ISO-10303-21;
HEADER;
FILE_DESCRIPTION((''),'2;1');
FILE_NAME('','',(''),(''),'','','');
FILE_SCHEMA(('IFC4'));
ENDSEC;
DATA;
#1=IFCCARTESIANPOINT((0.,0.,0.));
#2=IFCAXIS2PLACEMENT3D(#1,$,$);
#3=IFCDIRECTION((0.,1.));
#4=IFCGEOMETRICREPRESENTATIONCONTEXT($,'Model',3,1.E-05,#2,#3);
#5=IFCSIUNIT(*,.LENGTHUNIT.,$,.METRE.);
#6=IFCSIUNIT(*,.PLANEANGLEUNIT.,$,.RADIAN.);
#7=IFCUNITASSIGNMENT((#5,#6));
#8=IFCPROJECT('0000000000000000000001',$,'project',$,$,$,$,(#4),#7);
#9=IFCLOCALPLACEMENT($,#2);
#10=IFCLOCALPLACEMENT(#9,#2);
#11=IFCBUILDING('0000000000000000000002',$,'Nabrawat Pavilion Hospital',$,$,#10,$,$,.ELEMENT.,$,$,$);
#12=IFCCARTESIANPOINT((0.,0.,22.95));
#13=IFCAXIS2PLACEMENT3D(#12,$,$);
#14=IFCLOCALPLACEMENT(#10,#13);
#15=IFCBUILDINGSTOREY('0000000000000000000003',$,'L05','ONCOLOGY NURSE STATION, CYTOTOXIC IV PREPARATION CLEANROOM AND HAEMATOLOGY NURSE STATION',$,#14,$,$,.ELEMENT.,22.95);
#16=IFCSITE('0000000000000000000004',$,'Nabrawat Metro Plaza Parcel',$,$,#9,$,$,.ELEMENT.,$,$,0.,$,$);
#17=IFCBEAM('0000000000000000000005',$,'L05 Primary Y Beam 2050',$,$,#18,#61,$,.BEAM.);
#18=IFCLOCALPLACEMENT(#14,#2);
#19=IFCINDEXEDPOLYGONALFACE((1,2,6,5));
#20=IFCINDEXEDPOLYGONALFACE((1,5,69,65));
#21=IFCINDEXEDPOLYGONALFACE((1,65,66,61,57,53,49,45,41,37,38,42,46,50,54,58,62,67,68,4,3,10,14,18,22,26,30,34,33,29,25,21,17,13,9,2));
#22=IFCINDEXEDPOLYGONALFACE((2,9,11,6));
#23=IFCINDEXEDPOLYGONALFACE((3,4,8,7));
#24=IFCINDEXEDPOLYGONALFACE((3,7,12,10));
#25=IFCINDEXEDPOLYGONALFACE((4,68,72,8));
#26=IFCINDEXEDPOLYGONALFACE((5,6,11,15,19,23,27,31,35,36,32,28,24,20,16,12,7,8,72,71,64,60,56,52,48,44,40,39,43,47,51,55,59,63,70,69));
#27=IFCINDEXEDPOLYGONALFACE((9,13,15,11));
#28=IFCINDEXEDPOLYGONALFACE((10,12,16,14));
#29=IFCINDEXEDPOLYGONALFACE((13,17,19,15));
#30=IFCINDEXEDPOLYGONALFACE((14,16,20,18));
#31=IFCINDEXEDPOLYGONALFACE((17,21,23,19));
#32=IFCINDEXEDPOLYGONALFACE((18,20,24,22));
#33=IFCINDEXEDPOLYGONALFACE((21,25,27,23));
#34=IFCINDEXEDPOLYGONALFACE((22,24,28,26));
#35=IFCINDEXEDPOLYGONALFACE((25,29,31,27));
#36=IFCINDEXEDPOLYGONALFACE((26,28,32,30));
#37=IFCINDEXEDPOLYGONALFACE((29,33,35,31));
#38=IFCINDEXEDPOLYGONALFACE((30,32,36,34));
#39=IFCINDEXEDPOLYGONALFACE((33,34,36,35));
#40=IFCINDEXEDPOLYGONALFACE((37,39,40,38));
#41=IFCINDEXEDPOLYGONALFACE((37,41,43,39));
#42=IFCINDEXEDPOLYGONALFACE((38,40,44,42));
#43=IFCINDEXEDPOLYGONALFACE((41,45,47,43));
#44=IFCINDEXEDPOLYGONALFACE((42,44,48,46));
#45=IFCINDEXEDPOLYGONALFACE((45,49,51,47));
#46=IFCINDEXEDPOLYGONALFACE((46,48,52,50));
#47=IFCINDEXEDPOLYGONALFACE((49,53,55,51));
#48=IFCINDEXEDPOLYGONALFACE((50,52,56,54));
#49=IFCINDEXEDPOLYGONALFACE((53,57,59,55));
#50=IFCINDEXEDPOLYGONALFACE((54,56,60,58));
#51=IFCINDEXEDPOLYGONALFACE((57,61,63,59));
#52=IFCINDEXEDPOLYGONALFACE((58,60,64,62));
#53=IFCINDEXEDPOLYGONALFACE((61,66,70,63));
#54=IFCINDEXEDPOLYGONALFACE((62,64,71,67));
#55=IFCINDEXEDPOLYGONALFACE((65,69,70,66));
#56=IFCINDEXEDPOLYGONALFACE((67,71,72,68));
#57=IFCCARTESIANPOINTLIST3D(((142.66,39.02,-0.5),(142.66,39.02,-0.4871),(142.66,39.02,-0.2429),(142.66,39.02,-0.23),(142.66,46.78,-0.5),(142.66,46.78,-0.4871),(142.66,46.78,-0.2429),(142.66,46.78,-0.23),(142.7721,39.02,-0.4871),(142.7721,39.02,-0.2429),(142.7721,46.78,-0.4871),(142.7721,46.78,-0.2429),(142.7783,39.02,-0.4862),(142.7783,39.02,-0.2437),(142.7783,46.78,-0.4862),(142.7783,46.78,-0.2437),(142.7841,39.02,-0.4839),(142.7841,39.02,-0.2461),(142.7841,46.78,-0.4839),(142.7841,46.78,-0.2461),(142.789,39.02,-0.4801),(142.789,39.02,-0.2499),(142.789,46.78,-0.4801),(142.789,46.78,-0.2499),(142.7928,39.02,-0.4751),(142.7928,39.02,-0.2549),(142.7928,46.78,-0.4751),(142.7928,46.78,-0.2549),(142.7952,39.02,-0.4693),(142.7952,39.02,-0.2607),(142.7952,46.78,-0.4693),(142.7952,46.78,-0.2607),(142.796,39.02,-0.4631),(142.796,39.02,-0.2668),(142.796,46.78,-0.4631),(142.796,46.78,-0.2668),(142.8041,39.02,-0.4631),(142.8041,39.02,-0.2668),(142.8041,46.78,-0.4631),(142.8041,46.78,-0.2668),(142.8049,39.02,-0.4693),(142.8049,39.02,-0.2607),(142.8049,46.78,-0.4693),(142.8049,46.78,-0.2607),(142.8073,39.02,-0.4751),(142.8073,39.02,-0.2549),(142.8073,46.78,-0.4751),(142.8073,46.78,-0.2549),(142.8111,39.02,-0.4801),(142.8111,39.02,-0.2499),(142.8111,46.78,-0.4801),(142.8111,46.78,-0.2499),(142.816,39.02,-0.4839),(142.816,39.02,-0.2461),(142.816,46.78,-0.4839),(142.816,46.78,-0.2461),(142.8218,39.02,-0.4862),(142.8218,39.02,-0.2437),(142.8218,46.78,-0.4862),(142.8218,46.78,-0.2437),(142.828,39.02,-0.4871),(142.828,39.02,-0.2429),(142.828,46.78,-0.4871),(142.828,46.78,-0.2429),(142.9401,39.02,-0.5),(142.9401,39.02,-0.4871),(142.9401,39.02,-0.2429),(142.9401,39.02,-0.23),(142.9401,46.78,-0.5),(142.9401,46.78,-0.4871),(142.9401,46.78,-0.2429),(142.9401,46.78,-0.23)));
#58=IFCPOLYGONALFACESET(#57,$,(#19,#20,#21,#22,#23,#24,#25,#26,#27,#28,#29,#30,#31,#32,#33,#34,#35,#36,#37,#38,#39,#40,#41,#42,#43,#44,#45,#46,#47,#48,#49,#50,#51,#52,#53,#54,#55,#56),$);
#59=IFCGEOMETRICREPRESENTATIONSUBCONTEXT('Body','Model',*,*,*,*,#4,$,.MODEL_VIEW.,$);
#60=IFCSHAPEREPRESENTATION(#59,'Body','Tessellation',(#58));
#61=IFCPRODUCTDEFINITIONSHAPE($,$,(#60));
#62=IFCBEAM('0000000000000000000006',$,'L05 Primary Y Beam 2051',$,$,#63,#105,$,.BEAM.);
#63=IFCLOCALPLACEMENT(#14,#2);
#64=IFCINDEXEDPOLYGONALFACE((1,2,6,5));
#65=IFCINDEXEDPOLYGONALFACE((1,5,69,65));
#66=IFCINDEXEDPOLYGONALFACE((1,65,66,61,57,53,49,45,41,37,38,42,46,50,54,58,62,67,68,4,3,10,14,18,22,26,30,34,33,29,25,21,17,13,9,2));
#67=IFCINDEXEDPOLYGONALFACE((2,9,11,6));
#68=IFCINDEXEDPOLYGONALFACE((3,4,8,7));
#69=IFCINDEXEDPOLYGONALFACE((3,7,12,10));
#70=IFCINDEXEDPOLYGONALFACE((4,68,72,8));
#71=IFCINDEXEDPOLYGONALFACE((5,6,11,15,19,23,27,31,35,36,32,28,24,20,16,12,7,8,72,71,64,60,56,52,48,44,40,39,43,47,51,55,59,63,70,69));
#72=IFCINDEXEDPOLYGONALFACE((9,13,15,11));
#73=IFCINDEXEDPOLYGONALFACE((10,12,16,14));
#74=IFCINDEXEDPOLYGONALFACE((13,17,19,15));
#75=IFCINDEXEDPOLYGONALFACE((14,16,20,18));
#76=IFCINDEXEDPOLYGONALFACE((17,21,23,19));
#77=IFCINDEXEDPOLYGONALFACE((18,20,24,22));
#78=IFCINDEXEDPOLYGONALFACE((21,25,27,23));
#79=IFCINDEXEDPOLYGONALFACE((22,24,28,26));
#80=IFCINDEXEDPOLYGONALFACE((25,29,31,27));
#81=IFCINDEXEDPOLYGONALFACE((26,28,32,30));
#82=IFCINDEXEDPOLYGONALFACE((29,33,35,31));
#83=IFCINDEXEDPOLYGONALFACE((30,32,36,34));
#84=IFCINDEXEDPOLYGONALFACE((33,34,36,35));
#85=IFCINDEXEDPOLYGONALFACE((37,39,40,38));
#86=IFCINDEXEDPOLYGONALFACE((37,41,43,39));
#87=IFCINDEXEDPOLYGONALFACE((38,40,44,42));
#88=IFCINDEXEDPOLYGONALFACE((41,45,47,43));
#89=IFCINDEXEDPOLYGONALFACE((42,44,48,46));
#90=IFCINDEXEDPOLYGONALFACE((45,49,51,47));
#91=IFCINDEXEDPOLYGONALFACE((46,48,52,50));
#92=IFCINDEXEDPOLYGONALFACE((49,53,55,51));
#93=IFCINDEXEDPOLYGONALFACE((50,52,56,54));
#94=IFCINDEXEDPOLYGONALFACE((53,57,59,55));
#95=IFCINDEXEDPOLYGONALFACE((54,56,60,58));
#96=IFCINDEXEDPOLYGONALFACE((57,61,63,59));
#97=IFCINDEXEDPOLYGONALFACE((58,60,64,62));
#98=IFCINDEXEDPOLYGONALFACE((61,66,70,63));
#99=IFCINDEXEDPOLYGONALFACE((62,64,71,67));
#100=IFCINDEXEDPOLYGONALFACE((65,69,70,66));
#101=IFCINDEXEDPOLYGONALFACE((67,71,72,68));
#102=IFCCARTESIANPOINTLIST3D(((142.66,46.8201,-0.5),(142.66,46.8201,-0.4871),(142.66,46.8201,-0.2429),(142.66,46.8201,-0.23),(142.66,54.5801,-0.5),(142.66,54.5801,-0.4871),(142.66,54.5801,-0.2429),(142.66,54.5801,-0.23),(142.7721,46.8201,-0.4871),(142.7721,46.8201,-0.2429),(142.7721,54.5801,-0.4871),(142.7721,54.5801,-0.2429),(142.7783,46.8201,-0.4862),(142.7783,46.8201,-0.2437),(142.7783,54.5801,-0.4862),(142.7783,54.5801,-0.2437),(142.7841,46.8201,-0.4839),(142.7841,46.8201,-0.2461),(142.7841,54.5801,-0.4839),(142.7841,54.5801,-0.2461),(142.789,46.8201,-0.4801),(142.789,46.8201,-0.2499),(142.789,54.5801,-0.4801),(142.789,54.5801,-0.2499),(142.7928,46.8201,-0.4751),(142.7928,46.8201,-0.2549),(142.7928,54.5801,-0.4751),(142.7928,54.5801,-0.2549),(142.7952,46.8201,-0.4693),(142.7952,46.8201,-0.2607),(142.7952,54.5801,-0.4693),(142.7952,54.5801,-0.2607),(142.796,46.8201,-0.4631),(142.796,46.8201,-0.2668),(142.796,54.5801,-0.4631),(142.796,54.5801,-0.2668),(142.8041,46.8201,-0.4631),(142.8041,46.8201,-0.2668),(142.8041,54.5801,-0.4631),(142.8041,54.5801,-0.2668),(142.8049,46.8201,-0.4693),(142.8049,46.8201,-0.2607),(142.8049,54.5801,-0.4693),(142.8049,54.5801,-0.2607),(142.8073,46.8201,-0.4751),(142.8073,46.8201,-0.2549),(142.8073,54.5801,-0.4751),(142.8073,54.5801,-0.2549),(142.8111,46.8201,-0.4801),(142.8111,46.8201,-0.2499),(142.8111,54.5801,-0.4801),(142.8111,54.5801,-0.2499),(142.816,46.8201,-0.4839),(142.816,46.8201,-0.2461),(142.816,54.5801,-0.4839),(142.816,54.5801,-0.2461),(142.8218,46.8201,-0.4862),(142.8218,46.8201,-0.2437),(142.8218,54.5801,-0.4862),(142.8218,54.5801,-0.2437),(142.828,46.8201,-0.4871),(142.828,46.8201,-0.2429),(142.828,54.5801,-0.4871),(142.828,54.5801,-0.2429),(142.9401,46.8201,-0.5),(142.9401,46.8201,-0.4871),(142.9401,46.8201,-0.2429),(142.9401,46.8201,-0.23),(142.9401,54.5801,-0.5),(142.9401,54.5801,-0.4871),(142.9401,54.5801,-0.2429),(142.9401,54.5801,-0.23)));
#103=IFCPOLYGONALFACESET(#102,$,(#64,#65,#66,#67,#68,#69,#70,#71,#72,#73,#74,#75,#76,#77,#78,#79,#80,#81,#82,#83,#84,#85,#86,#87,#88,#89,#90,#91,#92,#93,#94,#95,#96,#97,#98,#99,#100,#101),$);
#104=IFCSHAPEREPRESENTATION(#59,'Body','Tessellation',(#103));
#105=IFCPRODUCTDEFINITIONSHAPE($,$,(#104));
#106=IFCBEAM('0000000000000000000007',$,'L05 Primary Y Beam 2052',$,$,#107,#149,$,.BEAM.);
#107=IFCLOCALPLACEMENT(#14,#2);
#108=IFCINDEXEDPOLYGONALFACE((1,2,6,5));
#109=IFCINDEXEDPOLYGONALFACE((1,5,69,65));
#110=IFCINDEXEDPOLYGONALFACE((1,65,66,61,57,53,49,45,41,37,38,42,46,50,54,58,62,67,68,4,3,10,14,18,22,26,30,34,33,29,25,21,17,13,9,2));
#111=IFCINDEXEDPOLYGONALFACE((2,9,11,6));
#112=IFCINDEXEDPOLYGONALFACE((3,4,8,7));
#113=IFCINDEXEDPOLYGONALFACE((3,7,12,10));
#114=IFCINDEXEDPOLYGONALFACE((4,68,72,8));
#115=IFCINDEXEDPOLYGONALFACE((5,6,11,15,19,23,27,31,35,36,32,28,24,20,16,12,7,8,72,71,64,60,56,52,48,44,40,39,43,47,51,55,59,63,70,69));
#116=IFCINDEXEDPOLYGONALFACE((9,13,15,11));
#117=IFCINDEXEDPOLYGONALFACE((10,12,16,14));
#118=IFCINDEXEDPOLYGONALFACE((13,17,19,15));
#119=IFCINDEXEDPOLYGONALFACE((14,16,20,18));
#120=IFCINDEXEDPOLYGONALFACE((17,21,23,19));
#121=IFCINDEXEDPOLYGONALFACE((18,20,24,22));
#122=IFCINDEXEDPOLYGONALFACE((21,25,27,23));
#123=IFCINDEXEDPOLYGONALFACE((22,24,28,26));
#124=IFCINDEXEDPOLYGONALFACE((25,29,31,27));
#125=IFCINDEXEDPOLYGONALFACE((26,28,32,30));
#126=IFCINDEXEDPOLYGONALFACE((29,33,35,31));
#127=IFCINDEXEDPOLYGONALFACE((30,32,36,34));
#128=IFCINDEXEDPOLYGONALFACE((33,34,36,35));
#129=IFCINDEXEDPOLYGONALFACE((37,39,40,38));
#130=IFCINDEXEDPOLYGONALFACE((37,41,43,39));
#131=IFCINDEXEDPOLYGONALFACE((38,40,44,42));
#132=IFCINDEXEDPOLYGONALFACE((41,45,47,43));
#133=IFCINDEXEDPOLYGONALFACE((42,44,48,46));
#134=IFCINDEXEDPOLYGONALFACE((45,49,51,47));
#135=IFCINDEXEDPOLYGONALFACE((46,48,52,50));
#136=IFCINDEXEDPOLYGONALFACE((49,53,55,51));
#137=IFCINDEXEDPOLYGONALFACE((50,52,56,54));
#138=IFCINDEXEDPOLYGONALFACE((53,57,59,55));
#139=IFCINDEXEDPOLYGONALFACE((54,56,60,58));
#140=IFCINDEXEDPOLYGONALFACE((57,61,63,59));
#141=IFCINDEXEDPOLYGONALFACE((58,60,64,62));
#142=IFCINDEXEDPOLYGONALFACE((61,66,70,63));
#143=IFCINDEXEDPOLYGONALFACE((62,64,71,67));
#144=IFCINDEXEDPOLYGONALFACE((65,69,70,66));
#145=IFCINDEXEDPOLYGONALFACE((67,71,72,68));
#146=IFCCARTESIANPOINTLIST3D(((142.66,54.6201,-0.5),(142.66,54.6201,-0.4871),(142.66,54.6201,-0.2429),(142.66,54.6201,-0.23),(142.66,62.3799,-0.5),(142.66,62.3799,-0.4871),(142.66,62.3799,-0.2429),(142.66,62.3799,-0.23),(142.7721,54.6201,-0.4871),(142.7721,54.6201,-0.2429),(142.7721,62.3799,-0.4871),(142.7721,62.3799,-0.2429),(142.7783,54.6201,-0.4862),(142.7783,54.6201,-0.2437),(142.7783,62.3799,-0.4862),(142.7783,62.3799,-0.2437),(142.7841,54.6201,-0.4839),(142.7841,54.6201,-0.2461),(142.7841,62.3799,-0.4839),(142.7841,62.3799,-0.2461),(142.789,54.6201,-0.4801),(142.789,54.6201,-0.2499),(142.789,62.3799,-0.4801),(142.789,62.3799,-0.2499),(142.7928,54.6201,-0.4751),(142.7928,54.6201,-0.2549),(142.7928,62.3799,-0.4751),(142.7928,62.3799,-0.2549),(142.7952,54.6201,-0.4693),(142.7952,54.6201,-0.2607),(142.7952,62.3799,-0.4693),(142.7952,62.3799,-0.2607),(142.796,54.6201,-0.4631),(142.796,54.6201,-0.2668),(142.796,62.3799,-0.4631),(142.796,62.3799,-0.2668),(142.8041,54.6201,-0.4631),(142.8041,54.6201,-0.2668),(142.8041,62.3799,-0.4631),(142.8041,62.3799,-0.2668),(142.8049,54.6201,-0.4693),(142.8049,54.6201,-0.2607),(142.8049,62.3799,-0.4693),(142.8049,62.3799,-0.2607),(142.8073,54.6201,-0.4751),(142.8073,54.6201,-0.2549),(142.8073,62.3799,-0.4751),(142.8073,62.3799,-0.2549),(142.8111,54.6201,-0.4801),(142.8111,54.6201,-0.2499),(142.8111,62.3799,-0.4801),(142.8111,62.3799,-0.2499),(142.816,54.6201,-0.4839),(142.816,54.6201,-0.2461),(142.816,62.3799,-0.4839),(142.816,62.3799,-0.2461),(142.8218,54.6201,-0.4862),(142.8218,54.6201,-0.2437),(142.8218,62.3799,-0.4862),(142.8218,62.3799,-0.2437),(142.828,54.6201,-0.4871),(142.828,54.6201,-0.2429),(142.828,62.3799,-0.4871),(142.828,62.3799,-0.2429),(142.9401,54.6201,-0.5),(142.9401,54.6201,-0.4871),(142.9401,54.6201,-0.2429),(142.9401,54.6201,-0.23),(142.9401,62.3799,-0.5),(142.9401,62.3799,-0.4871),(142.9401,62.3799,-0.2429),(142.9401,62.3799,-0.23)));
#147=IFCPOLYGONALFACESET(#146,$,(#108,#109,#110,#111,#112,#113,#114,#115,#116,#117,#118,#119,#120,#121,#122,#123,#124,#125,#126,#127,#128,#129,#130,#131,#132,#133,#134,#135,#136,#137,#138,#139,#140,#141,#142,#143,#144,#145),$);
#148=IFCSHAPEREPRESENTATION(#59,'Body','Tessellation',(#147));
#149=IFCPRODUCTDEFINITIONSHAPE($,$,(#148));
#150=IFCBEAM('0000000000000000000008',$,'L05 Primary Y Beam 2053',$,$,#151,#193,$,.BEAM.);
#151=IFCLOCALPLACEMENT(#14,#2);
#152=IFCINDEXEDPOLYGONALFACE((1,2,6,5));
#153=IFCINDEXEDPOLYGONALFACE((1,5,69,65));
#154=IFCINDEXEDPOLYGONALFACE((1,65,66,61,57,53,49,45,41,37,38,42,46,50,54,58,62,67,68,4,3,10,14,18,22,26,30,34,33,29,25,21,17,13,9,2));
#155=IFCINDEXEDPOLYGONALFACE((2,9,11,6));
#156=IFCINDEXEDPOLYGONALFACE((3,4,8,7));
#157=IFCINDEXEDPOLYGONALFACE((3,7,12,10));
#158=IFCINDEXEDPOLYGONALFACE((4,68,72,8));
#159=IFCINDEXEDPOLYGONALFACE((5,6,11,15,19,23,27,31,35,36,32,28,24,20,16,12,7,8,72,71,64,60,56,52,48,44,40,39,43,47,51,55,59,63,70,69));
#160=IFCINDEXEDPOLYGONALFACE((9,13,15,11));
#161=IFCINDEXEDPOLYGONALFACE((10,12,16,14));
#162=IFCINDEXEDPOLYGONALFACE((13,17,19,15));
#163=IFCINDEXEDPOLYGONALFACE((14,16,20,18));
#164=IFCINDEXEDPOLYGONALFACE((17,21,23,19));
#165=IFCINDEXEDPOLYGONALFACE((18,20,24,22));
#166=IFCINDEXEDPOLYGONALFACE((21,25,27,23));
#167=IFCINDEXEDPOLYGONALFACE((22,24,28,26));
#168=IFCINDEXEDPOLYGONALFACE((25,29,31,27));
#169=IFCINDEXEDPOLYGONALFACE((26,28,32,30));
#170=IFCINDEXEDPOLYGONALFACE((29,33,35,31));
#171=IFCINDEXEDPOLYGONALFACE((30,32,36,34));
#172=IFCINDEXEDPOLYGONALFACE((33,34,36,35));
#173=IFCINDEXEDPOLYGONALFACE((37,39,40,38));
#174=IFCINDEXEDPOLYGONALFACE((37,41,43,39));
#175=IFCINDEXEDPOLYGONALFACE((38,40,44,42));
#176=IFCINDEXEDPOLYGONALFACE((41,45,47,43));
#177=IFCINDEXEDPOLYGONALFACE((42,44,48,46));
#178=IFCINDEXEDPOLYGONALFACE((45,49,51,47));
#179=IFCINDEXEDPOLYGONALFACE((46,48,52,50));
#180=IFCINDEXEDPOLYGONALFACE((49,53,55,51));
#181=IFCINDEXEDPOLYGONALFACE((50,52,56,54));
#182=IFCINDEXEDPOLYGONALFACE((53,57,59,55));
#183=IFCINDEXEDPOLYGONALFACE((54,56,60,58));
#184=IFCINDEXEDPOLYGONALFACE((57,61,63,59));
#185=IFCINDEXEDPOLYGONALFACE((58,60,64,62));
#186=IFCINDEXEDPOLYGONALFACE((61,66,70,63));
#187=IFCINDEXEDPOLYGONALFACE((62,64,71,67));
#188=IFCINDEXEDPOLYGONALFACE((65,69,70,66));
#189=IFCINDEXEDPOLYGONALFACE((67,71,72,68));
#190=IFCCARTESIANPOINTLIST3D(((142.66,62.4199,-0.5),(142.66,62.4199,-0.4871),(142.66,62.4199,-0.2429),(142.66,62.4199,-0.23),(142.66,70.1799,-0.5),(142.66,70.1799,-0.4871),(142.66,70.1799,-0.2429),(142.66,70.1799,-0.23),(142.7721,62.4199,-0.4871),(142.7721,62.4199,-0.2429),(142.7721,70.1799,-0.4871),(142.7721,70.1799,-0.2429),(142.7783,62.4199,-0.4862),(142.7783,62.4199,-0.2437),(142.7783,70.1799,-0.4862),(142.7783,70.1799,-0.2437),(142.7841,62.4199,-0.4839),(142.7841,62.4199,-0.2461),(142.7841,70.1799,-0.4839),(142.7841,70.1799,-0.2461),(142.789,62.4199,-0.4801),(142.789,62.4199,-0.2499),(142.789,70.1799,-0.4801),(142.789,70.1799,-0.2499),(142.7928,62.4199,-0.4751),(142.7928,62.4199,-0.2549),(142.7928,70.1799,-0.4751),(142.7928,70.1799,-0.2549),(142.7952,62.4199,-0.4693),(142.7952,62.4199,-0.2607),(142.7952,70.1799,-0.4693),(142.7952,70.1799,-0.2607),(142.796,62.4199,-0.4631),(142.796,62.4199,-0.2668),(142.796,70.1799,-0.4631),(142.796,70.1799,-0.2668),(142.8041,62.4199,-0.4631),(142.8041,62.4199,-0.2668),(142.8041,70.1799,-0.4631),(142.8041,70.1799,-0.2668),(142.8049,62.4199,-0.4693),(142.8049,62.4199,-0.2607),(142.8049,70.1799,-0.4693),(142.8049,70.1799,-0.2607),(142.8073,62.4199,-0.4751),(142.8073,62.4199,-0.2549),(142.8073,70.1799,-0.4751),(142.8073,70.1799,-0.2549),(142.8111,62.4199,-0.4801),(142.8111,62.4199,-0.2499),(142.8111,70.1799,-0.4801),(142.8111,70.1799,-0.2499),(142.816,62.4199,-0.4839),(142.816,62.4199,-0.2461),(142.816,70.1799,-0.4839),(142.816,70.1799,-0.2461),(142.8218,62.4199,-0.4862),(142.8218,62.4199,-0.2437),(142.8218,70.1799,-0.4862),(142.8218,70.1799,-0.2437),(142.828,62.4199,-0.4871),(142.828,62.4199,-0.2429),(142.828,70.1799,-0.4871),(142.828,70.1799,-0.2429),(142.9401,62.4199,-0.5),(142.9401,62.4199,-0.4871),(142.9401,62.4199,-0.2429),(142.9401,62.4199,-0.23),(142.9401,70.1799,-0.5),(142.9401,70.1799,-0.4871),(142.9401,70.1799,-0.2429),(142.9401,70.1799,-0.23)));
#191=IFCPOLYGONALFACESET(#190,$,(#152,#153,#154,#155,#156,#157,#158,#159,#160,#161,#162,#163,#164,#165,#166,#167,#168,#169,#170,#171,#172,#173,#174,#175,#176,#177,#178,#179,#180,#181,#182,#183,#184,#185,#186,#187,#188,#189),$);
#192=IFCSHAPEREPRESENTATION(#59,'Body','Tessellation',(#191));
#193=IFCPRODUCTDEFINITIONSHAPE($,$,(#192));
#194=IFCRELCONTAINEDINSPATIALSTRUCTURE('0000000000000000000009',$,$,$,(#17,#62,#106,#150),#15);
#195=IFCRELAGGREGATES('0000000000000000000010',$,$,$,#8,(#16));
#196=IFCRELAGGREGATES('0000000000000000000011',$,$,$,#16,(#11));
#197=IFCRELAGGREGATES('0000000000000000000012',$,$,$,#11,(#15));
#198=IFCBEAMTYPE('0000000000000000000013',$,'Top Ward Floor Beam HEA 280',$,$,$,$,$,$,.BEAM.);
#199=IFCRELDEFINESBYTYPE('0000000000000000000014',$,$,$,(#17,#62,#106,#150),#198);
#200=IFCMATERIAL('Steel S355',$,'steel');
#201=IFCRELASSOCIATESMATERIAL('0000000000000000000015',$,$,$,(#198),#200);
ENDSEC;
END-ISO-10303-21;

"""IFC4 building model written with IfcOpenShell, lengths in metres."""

from ifc_helpers import new_model, si_unit, direction, frame, origin, origin_2d, place, context, subcontext, project, spatial, i_section, extrude, material, material_profile, profile_set, type_object, element, save


model = new_model("IFC4")

# Units and contexts
model_context = context("Model", 3, precision=1e-05, world=origin(), true_north=direction((0.0, 1.0)))
body_context = subcontext(model_context, "Body", "Model", "MODEL_VIEW")
ifc_project = project(units=[si_unit("LENGTHUNIT", "METRE"), si_unit("PLANEANGLEUNIT", "RADIAN")], contexts=[model_context])

# Site, building, storey
site_placement = place(None, origin())
site = spatial("IfcSite", under=ifc_project, at=site_placement, Name="Nabrawat Metro Plaza Parcel", CompositionType="ELEMENT", RefElevation=0.0)
building_placement = place(site_placement, origin())
building = spatial("IfcBuilding", under=site, at=building_placement, Name="Nabrawat Pavilion Hospital", CompositionType="ELEMENT")
storey_placement = place(building_placement, frame((0.0, 0.0, 22.95)))
storey = spatial("IfcBuildingStorey", under=building, at=storey_placement, Name="L05", Description="ONCOLOGY NURSE STATION, CYTOTOXIC IV PREPARATION CLEANROOM AND HAEMATOLOGY NURSE STATION", CompositionType="ELEMENT", Elevation=22.95)

# Shared definitions
ifc_material_1 = material(Name="Steel S355", Category="steel")

# Beams
ifc_material_profile_1 = material_profile(ifc_material_1, i_section(OverallWidth=0.28, OverallDepth=0.27, WebThickness=0.0081, FlangeThickness=0.0129, FilletRadius=0.0239, at=origin_2d()), Name="HEA 280")
ifc_profile_set_1 = profile_set([ifc_material_profile_1], Name="Steel S355")
beam_type_1 = type_object("IfcBeamType", Name="Top Ward Floor Beam HEA 280", PredefinedType="BEAM", material=ifc_profile_set_1)
for number, where, z_axis, x_axis, name in (
    (1, (142.8, 39.02, -0.365), (0.0, 1.0, 0.0), (-1.0, 0.0, 0.0), "L05 Primary Y Beam 2050"),
    (2, (142.8, 46.8201, -0.365), (0.0, 1.0, 0.0), (-1.0, 0.0, 0.0), "L05 Primary Y Beam 2051"),
):
    element("IfcBeam", number, at=place(storey_placement, frame(where, z_axis=z_axis, x_axis=x_axis)), inside=storey, type_object=beam_type_1, Name=name, PredefinedType="BEAM", context=body_context, shape_type="SweptSolid", body=[
        extrude(i_section(OverallWidth=0.28, OverallDepth=0.27, WebThickness=0.0081, FlangeThickness=0.0129, FilletRadius=0.0239, at=origin_2d()), origin(), (0.0, 0.0, 1.0), 7.76),
    ])
beam_1_placement = place(storey_placement, frame((142.8, 54.6201, -0.365), z_axis=(0.0, 1.0, 0.0), x_axis=(-1.0, 0.0, 0.0)))
element("IfcBeam", 3, at=beam_1_placement, inside=storey, type_object=beam_type_1, Name="L05 Primary Y Beam 2052", PredefinedType="BEAM", context=body_context, shape_type="SweptSolid", body=[
    extrude(i_section(OverallWidth=0.28, OverallDepth=0.27, WebThickness=0.0081, FlangeThickness=0.0129, FilletRadius=0.0239, at=origin_2d()), origin(), (0.0, 0.0, 1.0), 7.7598),
])
for number, where, z_axis, x_axis, name in (
    (4, (142.8, 62.4199, -0.365), (0.0, 1.0, 0.0), (-1.0, 0.0, 0.0), "L05 Primary Y Beam 2053"),
):
    element("IfcBeam", number, at=place(storey_placement, frame(where, z_axis=z_axis, x_axis=x_axis)), inside=storey, type_object=beam_type_1, Name=name, PredefinedType="BEAM", context=body_context, shape_type="SweptSolid", body=[
        extrude(i_section(OverallWidth=0.28, OverallDepth=0.27, WebThickness=0.0081, FlangeThickness=0.0129, FilletRadius=0.0239, at=origin_2d()), origin(), (0.0, 0.0, 1.0), 7.76),
    ])

save(model, "model.ifc")
